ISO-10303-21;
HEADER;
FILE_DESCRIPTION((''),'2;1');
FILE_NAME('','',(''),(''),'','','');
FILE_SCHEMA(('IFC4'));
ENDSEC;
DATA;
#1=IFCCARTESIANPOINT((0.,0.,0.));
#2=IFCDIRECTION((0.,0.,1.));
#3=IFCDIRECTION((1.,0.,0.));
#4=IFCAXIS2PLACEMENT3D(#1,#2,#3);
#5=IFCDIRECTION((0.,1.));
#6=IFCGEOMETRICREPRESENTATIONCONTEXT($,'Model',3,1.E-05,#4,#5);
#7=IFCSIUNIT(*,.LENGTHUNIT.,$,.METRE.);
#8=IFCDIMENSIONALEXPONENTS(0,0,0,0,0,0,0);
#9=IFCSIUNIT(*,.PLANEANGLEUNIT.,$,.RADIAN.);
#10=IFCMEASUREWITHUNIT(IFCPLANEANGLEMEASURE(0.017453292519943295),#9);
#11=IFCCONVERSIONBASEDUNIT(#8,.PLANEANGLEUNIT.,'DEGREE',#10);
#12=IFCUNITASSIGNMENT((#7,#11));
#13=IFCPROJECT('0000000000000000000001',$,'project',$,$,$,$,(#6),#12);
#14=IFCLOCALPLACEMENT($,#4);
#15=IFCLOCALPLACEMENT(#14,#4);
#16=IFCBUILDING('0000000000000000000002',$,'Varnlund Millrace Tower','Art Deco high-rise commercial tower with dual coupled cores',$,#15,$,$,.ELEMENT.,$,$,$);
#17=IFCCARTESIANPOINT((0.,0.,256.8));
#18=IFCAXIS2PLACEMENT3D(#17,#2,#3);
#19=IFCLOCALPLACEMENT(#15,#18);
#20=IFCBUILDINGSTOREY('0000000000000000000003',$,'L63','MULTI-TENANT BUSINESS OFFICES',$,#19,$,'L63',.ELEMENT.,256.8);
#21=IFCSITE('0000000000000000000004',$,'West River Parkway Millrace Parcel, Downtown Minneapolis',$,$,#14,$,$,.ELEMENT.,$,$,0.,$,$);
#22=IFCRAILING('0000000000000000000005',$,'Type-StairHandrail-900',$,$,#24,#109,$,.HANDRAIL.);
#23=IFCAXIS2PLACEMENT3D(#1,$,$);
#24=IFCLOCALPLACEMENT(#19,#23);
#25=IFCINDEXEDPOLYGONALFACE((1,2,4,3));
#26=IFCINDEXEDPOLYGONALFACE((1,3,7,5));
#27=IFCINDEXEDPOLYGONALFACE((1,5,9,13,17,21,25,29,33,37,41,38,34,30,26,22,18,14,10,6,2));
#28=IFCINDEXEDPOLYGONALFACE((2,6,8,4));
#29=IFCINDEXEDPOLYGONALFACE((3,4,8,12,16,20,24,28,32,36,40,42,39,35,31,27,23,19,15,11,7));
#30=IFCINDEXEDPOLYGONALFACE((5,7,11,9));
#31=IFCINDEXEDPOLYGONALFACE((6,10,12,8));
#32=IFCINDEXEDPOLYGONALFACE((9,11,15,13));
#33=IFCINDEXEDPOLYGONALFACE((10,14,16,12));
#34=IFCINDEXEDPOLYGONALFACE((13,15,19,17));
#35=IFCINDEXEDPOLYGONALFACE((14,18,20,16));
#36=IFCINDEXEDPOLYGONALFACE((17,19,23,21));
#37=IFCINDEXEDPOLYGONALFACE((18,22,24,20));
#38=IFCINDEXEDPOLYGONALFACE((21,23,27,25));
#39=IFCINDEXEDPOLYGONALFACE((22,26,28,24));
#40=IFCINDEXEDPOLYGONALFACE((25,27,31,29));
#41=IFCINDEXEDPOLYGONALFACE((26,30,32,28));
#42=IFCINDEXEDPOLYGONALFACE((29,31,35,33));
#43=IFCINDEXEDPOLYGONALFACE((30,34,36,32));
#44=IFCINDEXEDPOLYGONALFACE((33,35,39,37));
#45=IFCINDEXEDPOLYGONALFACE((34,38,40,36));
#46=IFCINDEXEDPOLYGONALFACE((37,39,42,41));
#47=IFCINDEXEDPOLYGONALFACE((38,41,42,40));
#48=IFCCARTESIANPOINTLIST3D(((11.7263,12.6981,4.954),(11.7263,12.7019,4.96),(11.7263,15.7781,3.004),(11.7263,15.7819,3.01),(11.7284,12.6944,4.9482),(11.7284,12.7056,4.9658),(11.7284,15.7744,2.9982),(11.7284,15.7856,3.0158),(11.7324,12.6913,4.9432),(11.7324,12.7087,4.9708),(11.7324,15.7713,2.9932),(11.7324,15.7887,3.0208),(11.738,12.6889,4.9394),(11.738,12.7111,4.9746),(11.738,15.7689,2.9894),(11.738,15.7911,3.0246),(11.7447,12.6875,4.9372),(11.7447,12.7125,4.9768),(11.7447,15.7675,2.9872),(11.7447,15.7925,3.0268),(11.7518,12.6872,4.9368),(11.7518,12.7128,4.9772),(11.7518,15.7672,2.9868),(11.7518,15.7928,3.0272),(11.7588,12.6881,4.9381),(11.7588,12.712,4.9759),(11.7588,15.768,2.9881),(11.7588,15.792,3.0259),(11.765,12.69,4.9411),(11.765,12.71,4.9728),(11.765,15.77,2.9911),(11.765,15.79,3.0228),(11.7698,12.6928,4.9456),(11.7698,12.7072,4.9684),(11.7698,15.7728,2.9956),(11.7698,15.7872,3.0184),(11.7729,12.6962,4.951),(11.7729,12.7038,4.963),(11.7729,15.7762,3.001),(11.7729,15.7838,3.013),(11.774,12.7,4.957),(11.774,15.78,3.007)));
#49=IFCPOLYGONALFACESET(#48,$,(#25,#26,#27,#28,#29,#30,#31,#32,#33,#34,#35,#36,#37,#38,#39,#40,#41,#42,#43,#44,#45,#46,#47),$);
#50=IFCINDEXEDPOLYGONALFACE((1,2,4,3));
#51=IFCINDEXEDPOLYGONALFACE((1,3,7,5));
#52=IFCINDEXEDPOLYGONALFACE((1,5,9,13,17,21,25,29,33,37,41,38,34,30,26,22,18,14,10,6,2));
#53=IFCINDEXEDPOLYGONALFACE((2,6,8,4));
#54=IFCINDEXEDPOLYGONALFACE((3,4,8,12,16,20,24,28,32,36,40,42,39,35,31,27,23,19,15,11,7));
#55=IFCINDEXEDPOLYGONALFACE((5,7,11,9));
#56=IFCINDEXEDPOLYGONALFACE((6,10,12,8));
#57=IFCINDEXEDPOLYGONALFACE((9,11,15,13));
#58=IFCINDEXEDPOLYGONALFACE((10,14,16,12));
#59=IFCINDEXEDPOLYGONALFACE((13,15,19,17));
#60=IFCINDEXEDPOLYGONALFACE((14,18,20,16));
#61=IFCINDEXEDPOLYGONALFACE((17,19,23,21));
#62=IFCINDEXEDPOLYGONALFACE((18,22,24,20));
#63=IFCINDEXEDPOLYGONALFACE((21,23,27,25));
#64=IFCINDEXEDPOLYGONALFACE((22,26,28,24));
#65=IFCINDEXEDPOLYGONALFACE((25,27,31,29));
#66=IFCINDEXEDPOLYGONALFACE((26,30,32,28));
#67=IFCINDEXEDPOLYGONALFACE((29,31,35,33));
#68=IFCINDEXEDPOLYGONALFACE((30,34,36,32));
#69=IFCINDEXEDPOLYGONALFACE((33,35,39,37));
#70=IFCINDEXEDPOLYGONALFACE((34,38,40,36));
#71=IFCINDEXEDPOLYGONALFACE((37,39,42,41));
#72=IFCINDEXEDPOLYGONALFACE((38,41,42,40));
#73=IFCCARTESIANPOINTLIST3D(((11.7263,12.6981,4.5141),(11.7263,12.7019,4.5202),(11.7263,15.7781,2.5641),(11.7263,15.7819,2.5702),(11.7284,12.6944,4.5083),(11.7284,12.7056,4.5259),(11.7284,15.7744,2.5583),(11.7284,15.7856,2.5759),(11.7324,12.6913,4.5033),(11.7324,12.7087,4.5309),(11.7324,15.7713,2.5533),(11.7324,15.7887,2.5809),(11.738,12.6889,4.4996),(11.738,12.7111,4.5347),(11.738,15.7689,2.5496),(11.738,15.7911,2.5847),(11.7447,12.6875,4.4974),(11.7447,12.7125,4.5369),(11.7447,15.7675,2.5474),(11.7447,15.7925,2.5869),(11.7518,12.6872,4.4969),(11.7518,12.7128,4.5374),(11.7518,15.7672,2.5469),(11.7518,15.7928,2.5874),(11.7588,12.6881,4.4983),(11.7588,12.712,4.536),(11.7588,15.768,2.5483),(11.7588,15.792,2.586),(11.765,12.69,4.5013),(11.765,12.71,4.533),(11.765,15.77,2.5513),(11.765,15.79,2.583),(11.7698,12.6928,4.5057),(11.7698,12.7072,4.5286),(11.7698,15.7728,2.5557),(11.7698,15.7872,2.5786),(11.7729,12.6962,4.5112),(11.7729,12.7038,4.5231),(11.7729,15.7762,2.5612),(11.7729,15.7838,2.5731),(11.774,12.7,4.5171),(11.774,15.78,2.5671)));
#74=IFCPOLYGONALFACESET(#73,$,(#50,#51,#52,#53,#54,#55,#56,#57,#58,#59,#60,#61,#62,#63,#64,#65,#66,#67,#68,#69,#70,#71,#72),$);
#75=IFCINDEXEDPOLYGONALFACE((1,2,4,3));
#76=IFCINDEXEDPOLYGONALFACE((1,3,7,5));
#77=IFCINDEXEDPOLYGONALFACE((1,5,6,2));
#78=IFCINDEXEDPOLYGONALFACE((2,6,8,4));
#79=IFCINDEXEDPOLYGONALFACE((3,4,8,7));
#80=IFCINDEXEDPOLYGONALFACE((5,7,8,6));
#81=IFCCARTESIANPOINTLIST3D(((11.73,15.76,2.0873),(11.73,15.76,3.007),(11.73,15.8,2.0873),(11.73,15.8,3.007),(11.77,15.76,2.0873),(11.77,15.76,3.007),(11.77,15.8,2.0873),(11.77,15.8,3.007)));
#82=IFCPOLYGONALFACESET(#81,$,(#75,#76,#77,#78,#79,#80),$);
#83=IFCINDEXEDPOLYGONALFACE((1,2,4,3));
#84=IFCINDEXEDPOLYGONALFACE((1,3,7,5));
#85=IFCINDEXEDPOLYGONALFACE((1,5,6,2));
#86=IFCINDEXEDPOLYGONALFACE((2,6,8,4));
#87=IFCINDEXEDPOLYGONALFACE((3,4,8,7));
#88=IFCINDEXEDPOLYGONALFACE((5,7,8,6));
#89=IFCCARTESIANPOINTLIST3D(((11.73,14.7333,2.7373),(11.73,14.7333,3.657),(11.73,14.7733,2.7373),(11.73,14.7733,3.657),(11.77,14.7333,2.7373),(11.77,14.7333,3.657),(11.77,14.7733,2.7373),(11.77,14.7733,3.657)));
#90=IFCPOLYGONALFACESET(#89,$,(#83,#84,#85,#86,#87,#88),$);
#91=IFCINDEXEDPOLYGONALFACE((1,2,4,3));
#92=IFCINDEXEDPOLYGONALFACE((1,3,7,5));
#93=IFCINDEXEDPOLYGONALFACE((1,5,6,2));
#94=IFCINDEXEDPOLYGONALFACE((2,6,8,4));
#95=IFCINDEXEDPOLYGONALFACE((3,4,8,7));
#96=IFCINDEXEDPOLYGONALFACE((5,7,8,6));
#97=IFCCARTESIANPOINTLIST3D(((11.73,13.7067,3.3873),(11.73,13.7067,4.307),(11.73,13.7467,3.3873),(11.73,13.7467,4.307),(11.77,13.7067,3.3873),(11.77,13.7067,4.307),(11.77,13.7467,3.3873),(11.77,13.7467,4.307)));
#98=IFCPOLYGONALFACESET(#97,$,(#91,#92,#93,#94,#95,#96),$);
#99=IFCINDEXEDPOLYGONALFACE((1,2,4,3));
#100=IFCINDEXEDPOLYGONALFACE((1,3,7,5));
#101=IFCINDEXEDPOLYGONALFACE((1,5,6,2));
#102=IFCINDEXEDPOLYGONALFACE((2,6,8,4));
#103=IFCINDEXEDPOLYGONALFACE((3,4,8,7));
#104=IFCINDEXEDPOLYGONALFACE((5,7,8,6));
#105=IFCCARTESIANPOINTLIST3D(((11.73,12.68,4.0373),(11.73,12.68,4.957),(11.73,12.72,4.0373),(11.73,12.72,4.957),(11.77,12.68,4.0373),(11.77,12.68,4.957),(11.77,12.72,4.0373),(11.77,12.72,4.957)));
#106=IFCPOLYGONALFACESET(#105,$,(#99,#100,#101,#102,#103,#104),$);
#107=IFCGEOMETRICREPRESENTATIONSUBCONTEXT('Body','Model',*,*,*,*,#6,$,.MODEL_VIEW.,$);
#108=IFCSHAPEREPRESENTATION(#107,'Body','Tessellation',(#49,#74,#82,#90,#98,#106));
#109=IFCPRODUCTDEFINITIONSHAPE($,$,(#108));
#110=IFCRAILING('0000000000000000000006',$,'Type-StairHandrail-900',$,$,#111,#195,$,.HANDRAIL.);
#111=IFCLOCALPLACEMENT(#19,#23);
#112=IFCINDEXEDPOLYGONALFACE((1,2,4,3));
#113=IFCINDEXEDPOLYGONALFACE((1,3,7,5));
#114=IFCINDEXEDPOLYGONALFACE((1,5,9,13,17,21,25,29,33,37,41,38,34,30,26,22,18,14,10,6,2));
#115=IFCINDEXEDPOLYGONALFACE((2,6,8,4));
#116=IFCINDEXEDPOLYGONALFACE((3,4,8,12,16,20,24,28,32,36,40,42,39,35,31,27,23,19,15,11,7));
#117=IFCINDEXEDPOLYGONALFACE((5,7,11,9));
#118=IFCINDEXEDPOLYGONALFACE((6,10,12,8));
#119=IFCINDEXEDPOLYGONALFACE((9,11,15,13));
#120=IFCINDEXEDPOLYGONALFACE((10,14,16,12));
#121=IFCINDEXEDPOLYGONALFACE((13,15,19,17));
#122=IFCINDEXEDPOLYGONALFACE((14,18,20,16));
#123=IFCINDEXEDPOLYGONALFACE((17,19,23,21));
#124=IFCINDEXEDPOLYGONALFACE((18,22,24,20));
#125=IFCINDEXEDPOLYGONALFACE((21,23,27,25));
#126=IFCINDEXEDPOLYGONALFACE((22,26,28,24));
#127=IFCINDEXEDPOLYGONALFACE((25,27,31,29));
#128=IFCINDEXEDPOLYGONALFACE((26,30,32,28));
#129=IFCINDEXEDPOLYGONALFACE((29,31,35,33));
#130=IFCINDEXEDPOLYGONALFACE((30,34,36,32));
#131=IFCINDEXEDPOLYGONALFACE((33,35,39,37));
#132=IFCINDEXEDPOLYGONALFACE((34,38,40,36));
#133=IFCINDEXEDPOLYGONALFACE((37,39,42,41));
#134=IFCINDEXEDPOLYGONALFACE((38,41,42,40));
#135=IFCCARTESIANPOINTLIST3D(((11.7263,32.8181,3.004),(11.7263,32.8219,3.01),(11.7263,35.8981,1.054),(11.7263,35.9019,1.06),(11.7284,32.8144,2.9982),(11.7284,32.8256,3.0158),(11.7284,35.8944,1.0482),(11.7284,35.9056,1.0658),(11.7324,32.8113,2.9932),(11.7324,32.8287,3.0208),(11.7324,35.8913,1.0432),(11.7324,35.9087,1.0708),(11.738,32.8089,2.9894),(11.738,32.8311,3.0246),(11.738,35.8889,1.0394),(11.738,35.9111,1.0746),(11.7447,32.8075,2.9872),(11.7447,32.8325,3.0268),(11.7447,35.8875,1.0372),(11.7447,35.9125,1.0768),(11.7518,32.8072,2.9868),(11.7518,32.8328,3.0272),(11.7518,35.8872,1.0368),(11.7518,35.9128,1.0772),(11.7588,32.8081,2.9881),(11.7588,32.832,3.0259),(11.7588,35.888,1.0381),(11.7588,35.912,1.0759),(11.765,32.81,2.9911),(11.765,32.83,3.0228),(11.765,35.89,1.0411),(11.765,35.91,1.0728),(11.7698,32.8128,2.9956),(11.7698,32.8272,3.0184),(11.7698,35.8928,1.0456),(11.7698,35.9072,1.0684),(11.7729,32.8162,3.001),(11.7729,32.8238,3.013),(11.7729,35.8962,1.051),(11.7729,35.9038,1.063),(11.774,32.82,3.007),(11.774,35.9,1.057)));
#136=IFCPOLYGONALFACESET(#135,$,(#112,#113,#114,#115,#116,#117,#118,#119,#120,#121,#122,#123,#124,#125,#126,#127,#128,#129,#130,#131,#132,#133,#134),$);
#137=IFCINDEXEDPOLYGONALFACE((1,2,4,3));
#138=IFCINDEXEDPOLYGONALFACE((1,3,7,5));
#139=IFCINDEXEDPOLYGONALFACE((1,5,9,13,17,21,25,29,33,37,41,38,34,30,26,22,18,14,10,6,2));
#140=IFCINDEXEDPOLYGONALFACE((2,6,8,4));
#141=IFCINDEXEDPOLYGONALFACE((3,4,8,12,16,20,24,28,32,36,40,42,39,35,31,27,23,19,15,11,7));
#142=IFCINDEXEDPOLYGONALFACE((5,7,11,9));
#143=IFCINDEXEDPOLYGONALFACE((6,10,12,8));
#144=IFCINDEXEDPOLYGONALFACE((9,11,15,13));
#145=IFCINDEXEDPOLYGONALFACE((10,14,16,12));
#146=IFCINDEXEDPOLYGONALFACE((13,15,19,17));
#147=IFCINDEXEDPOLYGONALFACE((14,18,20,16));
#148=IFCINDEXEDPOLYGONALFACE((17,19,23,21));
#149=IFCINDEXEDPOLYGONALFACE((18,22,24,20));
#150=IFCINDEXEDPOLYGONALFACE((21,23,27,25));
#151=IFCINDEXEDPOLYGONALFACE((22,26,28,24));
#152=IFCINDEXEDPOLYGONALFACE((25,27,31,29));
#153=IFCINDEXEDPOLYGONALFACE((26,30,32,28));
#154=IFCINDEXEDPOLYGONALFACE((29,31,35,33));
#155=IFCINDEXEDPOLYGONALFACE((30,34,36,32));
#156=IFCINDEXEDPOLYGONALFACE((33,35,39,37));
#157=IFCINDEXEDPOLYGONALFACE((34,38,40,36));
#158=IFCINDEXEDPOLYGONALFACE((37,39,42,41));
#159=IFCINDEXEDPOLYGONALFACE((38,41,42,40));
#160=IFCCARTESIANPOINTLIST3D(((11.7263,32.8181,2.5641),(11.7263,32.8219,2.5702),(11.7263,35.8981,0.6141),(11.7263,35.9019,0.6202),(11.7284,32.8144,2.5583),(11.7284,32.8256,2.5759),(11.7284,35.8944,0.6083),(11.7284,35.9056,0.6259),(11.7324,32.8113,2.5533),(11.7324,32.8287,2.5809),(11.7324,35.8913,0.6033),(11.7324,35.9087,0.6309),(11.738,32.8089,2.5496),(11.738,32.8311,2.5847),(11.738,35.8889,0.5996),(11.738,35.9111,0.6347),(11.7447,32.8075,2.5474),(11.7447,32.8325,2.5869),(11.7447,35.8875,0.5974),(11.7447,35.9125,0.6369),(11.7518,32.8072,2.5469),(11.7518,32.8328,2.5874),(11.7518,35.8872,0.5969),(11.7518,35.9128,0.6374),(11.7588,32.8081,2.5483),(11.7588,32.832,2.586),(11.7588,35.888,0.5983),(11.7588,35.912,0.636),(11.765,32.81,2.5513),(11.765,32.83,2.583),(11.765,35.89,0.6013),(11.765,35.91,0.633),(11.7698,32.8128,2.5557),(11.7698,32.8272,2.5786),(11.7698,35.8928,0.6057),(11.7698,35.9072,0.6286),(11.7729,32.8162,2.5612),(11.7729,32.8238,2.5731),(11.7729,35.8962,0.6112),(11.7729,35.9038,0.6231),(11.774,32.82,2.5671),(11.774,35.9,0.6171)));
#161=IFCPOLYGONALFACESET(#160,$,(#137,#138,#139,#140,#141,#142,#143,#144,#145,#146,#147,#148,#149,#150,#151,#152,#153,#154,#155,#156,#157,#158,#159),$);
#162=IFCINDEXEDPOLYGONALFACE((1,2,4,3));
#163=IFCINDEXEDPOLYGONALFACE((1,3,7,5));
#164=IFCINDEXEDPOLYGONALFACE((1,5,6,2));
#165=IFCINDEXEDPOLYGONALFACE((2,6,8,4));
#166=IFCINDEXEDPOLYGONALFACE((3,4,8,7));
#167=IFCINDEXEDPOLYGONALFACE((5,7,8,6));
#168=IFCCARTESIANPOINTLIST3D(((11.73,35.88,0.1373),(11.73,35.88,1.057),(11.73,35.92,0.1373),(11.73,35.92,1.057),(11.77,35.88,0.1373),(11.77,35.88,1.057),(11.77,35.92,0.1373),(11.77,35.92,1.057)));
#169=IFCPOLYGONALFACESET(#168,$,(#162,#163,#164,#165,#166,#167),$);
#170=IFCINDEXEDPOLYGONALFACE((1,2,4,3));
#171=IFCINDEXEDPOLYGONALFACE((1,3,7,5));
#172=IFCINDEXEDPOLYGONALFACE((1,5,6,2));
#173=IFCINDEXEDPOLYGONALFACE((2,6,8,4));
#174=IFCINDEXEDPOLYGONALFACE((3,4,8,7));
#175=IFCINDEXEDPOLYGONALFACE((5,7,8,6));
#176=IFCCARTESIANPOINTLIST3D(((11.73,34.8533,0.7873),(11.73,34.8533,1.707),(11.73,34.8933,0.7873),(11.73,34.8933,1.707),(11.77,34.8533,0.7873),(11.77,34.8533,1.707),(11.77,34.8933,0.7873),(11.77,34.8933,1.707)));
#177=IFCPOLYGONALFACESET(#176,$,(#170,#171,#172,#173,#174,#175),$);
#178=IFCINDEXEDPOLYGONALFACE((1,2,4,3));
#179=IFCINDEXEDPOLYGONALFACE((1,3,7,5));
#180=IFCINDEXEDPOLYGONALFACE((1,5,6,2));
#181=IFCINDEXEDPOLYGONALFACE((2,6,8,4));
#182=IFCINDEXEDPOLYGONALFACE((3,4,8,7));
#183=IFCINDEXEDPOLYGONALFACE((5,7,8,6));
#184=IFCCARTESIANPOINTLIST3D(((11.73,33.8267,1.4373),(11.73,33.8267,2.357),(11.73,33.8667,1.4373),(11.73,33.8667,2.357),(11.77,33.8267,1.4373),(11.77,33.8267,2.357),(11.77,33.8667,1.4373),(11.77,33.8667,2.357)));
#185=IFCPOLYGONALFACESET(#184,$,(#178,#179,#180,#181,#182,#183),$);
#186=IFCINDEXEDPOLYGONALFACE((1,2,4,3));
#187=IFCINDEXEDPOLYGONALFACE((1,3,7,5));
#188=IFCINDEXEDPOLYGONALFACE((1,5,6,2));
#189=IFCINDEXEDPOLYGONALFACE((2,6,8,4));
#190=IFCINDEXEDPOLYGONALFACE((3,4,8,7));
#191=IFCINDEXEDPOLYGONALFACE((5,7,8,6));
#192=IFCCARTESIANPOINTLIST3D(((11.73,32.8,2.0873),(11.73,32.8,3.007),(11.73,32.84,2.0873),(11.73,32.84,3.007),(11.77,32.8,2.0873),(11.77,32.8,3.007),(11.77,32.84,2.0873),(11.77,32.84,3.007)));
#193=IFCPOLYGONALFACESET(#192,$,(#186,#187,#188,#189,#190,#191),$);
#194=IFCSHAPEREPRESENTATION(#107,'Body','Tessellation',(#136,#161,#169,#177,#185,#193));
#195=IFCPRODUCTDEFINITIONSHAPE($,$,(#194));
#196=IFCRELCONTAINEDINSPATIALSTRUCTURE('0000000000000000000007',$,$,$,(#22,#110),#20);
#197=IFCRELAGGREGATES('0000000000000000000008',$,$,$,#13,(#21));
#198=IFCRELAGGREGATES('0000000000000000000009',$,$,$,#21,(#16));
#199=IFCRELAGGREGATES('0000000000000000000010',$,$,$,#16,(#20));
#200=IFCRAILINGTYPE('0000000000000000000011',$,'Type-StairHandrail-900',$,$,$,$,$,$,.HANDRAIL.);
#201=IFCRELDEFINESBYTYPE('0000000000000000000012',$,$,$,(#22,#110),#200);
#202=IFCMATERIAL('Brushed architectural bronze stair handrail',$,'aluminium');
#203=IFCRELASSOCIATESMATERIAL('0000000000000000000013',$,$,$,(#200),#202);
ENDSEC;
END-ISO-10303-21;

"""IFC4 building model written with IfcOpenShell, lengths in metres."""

from ifc_helpers import new_model, entity, si_unit, converted_unit, direction, frame, origin_with_axes, origin_2d_with_axis, place, context, subcontext, project, spatial, rectangle, circle, extrude, material, type_object, element, save


model = new_model("IFC4")

# Units and contexts
model_context = context("Model", 3, precision=1e-05, world=origin_with_axes(), true_north=direction((0.0, 1.0)))
body_context = subcontext(model_context, "Body", "Model", "MODEL_VIEW")
ifc_project = project(units=[si_unit("LENGTHUNIT", "METRE"), converted_unit("PLANEANGLEUNIT", "DEGREE", entity("IfcPlaneAngleMeasure", 0.017453292519943295), si_unit("PLANEANGLEUNIT", "RADIAN"), dimensions=[0, 0, 0, 0, 0, 0, 0])], contexts=[model_context])

# Site, building, storey
site_placement = place(None, origin_with_axes())
site = spatial("IfcSite", under=ifc_project, at=site_placement, Name="West River Parkway Millrace Parcel, Downtown Minneapolis", CompositionType="ELEMENT", RefElevation=0.0)
building_placement = place(site_placement, origin_with_axes())
building = spatial("IfcBuilding", under=site, at=building_placement, Name="Varnlund Millrace Tower", Description="Art Deco high-rise commercial tower with dual coupled cores", CompositionType="ELEMENT")
storey_placement = place(building_placement, frame((0.0, 0.0, 256.8), z_axis=(0.0, 0.0, 1.0), x_axis=(1.0, 0.0, 0.0)))
storey = spatial("IfcBuildingStorey", under=building, at=storey_placement, Name="L63", Description="MULTI-TENANT BUSINESS OFFICES", LongName="L63", CompositionType="ELEMENT", Elevation=256.8)

# Railings
ifc_material_1 = material(Name="Brushed architectural bronze stair handrail", Category="aluminium")
railing_type_1 = type_object("IfcRailingType", Name="Type-StairHandrail-900", PredefinedType="HANDRAIL", material=ifc_material_1)
railing_1_placement = place(storey_placement, frame((0.0, 0.0, -256.8), z_axis=(0.0, 0.0, 1.0), x_axis=(1.0, 0.0, 0.0)))
element("IfcRailing", 1, at=railing_1_placement, inside=storey, type_object=railing_type_1, Name="Type-StairHandrail-900", PredefinedType="HANDRAIL", context=body_context, shape_type="SweptSolid", body=[
    extrude(circle(Radius=0.024, at=origin_2d_with_axis()), frame((11.75, 15.78, 259.807), z_axis=(0.0, -0.844902, 0.534922), x_axis=(1.0, 0.0, 0.0)), (0.0, 0.0, 1.0), 3.6454),
    extrude(circle(Radius=0.024, at=origin_2d_with_axis()), frame((11.75, 15.78, 259.3671), z_axis=(0.0, -0.844902, 0.534922), x_axis=(1.0, 0.0, 0.0)), (0.0, 0.0, 1.0), 3.6454),
    extrude(rectangle(XDim=0.04, YDim=0.04, at=origin_2d_with_axis()), frame((11.75, 15.78, 258.8873), z_axis=(0.0, 0.0, 1.0), x_axis=(1.0, 0.0, 0.0)), (0.0, 0.0, 1.0), 0.9197),
    extrude(rectangle(XDim=0.04, YDim=0.04, at=origin_2d_with_axis()), frame((11.75, 14.7533, 259.5373), z_axis=(0.0, 0.0, 1.0), x_axis=(1.0, 0.0, 0.0)), (0.0, 0.0, 1.0), 0.9197),
    extrude(rectangle(XDim=0.04, YDim=0.04, at=origin_2d_with_axis()), frame((11.75, 13.7267, 260.1873), z_axis=(0.0, 0.0, 1.0), x_axis=(1.0, 0.0, 0.0)), (0.0, 0.0, 1.0), 0.9197),
    extrude(rectangle(XDim=0.04, YDim=0.04, at=origin_2d_with_axis()), frame((11.75, 12.7, 260.8373), z_axis=(0.0, 0.0, 1.0), x_axis=(1.0, 0.0, 0.0)), (0.0, 0.0, 1.0), 0.9197),
])
railing_2_placement = place(storey_placement, frame((0.0, 0.0, -256.8), z_axis=(0.0, 0.0, 1.0), x_axis=(1.0, 0.0, 0.0)))
element("IfcRailing", 2, at=railing_2_placement, inside=storey, type_object=railing_type_1, Name="Type-StairHandrail-900", PredefinedType="HANDRAIL", context=body_context, shape_type="SweptSolid", body=[
    extrude(circle(Radius=0.024, at=origin_2d_with_axis()), frame((11.75, 35.9, 257.857), z_axis=(0.0, -0.844902, 0.534922), x_axis=(1.0, 0.0, 0.0)), (0.0, 0.0, 1.0), 3.6454),
    extrude(circle(Radius=0.024, at=origin_2d_with_axis()), frame((11.75, 35.9, 257.4171), z_axis=(0.0, -0.844902, 0.534922), x_axis=(1.0, 0.0, 0.0)), (0.0, 0.0, 1.0), 3.6454),
    extrude(rectangle(XDim=0.04, YDim=0.04, at=origin_2d_with_axis()), frame((11.75, 35.9, 256.9373), z_axis=(0.0, 0.0, 1.0), x_axis=(1.0, 0.0, 0.0)), (0.0, 0.0, 1.0), 0.9197),
    extrude(rectangle(XDim=0.04, YDim=0.04, at=origin_2d_with_axis()), frame((11.75, 34.8733, 257.5873), z_axis=(0.0, 0.0, 1.0), x_axis=(1.0, 0.0, 0.0)), (0.0, 0.0, 1.0), 0.9197),
    extrude(rectangle(XDim=0.04, YDim=0.04, at=origin_2d_with_axis()), frame((11.75, 33.8467, 258.2373), z_axis=(0.0, 0.0, 1.0), x_axis=(1.0, 0.0, 0.0)), (0.0, 0.0, 1.0), 0.9197),
    extrude(rectangle(XDim=0.04, YDim=0.04, at=origin_2d_with_axis()), frame((11.75, 32.82, 258.8873), z_axis=(0.0, 0.0, 1.0), x_axis=(1.0, 0.0, 0.0)), (0.0, 0.0, 1.0), 0.9197),
])

save(model, "model.ifc")
